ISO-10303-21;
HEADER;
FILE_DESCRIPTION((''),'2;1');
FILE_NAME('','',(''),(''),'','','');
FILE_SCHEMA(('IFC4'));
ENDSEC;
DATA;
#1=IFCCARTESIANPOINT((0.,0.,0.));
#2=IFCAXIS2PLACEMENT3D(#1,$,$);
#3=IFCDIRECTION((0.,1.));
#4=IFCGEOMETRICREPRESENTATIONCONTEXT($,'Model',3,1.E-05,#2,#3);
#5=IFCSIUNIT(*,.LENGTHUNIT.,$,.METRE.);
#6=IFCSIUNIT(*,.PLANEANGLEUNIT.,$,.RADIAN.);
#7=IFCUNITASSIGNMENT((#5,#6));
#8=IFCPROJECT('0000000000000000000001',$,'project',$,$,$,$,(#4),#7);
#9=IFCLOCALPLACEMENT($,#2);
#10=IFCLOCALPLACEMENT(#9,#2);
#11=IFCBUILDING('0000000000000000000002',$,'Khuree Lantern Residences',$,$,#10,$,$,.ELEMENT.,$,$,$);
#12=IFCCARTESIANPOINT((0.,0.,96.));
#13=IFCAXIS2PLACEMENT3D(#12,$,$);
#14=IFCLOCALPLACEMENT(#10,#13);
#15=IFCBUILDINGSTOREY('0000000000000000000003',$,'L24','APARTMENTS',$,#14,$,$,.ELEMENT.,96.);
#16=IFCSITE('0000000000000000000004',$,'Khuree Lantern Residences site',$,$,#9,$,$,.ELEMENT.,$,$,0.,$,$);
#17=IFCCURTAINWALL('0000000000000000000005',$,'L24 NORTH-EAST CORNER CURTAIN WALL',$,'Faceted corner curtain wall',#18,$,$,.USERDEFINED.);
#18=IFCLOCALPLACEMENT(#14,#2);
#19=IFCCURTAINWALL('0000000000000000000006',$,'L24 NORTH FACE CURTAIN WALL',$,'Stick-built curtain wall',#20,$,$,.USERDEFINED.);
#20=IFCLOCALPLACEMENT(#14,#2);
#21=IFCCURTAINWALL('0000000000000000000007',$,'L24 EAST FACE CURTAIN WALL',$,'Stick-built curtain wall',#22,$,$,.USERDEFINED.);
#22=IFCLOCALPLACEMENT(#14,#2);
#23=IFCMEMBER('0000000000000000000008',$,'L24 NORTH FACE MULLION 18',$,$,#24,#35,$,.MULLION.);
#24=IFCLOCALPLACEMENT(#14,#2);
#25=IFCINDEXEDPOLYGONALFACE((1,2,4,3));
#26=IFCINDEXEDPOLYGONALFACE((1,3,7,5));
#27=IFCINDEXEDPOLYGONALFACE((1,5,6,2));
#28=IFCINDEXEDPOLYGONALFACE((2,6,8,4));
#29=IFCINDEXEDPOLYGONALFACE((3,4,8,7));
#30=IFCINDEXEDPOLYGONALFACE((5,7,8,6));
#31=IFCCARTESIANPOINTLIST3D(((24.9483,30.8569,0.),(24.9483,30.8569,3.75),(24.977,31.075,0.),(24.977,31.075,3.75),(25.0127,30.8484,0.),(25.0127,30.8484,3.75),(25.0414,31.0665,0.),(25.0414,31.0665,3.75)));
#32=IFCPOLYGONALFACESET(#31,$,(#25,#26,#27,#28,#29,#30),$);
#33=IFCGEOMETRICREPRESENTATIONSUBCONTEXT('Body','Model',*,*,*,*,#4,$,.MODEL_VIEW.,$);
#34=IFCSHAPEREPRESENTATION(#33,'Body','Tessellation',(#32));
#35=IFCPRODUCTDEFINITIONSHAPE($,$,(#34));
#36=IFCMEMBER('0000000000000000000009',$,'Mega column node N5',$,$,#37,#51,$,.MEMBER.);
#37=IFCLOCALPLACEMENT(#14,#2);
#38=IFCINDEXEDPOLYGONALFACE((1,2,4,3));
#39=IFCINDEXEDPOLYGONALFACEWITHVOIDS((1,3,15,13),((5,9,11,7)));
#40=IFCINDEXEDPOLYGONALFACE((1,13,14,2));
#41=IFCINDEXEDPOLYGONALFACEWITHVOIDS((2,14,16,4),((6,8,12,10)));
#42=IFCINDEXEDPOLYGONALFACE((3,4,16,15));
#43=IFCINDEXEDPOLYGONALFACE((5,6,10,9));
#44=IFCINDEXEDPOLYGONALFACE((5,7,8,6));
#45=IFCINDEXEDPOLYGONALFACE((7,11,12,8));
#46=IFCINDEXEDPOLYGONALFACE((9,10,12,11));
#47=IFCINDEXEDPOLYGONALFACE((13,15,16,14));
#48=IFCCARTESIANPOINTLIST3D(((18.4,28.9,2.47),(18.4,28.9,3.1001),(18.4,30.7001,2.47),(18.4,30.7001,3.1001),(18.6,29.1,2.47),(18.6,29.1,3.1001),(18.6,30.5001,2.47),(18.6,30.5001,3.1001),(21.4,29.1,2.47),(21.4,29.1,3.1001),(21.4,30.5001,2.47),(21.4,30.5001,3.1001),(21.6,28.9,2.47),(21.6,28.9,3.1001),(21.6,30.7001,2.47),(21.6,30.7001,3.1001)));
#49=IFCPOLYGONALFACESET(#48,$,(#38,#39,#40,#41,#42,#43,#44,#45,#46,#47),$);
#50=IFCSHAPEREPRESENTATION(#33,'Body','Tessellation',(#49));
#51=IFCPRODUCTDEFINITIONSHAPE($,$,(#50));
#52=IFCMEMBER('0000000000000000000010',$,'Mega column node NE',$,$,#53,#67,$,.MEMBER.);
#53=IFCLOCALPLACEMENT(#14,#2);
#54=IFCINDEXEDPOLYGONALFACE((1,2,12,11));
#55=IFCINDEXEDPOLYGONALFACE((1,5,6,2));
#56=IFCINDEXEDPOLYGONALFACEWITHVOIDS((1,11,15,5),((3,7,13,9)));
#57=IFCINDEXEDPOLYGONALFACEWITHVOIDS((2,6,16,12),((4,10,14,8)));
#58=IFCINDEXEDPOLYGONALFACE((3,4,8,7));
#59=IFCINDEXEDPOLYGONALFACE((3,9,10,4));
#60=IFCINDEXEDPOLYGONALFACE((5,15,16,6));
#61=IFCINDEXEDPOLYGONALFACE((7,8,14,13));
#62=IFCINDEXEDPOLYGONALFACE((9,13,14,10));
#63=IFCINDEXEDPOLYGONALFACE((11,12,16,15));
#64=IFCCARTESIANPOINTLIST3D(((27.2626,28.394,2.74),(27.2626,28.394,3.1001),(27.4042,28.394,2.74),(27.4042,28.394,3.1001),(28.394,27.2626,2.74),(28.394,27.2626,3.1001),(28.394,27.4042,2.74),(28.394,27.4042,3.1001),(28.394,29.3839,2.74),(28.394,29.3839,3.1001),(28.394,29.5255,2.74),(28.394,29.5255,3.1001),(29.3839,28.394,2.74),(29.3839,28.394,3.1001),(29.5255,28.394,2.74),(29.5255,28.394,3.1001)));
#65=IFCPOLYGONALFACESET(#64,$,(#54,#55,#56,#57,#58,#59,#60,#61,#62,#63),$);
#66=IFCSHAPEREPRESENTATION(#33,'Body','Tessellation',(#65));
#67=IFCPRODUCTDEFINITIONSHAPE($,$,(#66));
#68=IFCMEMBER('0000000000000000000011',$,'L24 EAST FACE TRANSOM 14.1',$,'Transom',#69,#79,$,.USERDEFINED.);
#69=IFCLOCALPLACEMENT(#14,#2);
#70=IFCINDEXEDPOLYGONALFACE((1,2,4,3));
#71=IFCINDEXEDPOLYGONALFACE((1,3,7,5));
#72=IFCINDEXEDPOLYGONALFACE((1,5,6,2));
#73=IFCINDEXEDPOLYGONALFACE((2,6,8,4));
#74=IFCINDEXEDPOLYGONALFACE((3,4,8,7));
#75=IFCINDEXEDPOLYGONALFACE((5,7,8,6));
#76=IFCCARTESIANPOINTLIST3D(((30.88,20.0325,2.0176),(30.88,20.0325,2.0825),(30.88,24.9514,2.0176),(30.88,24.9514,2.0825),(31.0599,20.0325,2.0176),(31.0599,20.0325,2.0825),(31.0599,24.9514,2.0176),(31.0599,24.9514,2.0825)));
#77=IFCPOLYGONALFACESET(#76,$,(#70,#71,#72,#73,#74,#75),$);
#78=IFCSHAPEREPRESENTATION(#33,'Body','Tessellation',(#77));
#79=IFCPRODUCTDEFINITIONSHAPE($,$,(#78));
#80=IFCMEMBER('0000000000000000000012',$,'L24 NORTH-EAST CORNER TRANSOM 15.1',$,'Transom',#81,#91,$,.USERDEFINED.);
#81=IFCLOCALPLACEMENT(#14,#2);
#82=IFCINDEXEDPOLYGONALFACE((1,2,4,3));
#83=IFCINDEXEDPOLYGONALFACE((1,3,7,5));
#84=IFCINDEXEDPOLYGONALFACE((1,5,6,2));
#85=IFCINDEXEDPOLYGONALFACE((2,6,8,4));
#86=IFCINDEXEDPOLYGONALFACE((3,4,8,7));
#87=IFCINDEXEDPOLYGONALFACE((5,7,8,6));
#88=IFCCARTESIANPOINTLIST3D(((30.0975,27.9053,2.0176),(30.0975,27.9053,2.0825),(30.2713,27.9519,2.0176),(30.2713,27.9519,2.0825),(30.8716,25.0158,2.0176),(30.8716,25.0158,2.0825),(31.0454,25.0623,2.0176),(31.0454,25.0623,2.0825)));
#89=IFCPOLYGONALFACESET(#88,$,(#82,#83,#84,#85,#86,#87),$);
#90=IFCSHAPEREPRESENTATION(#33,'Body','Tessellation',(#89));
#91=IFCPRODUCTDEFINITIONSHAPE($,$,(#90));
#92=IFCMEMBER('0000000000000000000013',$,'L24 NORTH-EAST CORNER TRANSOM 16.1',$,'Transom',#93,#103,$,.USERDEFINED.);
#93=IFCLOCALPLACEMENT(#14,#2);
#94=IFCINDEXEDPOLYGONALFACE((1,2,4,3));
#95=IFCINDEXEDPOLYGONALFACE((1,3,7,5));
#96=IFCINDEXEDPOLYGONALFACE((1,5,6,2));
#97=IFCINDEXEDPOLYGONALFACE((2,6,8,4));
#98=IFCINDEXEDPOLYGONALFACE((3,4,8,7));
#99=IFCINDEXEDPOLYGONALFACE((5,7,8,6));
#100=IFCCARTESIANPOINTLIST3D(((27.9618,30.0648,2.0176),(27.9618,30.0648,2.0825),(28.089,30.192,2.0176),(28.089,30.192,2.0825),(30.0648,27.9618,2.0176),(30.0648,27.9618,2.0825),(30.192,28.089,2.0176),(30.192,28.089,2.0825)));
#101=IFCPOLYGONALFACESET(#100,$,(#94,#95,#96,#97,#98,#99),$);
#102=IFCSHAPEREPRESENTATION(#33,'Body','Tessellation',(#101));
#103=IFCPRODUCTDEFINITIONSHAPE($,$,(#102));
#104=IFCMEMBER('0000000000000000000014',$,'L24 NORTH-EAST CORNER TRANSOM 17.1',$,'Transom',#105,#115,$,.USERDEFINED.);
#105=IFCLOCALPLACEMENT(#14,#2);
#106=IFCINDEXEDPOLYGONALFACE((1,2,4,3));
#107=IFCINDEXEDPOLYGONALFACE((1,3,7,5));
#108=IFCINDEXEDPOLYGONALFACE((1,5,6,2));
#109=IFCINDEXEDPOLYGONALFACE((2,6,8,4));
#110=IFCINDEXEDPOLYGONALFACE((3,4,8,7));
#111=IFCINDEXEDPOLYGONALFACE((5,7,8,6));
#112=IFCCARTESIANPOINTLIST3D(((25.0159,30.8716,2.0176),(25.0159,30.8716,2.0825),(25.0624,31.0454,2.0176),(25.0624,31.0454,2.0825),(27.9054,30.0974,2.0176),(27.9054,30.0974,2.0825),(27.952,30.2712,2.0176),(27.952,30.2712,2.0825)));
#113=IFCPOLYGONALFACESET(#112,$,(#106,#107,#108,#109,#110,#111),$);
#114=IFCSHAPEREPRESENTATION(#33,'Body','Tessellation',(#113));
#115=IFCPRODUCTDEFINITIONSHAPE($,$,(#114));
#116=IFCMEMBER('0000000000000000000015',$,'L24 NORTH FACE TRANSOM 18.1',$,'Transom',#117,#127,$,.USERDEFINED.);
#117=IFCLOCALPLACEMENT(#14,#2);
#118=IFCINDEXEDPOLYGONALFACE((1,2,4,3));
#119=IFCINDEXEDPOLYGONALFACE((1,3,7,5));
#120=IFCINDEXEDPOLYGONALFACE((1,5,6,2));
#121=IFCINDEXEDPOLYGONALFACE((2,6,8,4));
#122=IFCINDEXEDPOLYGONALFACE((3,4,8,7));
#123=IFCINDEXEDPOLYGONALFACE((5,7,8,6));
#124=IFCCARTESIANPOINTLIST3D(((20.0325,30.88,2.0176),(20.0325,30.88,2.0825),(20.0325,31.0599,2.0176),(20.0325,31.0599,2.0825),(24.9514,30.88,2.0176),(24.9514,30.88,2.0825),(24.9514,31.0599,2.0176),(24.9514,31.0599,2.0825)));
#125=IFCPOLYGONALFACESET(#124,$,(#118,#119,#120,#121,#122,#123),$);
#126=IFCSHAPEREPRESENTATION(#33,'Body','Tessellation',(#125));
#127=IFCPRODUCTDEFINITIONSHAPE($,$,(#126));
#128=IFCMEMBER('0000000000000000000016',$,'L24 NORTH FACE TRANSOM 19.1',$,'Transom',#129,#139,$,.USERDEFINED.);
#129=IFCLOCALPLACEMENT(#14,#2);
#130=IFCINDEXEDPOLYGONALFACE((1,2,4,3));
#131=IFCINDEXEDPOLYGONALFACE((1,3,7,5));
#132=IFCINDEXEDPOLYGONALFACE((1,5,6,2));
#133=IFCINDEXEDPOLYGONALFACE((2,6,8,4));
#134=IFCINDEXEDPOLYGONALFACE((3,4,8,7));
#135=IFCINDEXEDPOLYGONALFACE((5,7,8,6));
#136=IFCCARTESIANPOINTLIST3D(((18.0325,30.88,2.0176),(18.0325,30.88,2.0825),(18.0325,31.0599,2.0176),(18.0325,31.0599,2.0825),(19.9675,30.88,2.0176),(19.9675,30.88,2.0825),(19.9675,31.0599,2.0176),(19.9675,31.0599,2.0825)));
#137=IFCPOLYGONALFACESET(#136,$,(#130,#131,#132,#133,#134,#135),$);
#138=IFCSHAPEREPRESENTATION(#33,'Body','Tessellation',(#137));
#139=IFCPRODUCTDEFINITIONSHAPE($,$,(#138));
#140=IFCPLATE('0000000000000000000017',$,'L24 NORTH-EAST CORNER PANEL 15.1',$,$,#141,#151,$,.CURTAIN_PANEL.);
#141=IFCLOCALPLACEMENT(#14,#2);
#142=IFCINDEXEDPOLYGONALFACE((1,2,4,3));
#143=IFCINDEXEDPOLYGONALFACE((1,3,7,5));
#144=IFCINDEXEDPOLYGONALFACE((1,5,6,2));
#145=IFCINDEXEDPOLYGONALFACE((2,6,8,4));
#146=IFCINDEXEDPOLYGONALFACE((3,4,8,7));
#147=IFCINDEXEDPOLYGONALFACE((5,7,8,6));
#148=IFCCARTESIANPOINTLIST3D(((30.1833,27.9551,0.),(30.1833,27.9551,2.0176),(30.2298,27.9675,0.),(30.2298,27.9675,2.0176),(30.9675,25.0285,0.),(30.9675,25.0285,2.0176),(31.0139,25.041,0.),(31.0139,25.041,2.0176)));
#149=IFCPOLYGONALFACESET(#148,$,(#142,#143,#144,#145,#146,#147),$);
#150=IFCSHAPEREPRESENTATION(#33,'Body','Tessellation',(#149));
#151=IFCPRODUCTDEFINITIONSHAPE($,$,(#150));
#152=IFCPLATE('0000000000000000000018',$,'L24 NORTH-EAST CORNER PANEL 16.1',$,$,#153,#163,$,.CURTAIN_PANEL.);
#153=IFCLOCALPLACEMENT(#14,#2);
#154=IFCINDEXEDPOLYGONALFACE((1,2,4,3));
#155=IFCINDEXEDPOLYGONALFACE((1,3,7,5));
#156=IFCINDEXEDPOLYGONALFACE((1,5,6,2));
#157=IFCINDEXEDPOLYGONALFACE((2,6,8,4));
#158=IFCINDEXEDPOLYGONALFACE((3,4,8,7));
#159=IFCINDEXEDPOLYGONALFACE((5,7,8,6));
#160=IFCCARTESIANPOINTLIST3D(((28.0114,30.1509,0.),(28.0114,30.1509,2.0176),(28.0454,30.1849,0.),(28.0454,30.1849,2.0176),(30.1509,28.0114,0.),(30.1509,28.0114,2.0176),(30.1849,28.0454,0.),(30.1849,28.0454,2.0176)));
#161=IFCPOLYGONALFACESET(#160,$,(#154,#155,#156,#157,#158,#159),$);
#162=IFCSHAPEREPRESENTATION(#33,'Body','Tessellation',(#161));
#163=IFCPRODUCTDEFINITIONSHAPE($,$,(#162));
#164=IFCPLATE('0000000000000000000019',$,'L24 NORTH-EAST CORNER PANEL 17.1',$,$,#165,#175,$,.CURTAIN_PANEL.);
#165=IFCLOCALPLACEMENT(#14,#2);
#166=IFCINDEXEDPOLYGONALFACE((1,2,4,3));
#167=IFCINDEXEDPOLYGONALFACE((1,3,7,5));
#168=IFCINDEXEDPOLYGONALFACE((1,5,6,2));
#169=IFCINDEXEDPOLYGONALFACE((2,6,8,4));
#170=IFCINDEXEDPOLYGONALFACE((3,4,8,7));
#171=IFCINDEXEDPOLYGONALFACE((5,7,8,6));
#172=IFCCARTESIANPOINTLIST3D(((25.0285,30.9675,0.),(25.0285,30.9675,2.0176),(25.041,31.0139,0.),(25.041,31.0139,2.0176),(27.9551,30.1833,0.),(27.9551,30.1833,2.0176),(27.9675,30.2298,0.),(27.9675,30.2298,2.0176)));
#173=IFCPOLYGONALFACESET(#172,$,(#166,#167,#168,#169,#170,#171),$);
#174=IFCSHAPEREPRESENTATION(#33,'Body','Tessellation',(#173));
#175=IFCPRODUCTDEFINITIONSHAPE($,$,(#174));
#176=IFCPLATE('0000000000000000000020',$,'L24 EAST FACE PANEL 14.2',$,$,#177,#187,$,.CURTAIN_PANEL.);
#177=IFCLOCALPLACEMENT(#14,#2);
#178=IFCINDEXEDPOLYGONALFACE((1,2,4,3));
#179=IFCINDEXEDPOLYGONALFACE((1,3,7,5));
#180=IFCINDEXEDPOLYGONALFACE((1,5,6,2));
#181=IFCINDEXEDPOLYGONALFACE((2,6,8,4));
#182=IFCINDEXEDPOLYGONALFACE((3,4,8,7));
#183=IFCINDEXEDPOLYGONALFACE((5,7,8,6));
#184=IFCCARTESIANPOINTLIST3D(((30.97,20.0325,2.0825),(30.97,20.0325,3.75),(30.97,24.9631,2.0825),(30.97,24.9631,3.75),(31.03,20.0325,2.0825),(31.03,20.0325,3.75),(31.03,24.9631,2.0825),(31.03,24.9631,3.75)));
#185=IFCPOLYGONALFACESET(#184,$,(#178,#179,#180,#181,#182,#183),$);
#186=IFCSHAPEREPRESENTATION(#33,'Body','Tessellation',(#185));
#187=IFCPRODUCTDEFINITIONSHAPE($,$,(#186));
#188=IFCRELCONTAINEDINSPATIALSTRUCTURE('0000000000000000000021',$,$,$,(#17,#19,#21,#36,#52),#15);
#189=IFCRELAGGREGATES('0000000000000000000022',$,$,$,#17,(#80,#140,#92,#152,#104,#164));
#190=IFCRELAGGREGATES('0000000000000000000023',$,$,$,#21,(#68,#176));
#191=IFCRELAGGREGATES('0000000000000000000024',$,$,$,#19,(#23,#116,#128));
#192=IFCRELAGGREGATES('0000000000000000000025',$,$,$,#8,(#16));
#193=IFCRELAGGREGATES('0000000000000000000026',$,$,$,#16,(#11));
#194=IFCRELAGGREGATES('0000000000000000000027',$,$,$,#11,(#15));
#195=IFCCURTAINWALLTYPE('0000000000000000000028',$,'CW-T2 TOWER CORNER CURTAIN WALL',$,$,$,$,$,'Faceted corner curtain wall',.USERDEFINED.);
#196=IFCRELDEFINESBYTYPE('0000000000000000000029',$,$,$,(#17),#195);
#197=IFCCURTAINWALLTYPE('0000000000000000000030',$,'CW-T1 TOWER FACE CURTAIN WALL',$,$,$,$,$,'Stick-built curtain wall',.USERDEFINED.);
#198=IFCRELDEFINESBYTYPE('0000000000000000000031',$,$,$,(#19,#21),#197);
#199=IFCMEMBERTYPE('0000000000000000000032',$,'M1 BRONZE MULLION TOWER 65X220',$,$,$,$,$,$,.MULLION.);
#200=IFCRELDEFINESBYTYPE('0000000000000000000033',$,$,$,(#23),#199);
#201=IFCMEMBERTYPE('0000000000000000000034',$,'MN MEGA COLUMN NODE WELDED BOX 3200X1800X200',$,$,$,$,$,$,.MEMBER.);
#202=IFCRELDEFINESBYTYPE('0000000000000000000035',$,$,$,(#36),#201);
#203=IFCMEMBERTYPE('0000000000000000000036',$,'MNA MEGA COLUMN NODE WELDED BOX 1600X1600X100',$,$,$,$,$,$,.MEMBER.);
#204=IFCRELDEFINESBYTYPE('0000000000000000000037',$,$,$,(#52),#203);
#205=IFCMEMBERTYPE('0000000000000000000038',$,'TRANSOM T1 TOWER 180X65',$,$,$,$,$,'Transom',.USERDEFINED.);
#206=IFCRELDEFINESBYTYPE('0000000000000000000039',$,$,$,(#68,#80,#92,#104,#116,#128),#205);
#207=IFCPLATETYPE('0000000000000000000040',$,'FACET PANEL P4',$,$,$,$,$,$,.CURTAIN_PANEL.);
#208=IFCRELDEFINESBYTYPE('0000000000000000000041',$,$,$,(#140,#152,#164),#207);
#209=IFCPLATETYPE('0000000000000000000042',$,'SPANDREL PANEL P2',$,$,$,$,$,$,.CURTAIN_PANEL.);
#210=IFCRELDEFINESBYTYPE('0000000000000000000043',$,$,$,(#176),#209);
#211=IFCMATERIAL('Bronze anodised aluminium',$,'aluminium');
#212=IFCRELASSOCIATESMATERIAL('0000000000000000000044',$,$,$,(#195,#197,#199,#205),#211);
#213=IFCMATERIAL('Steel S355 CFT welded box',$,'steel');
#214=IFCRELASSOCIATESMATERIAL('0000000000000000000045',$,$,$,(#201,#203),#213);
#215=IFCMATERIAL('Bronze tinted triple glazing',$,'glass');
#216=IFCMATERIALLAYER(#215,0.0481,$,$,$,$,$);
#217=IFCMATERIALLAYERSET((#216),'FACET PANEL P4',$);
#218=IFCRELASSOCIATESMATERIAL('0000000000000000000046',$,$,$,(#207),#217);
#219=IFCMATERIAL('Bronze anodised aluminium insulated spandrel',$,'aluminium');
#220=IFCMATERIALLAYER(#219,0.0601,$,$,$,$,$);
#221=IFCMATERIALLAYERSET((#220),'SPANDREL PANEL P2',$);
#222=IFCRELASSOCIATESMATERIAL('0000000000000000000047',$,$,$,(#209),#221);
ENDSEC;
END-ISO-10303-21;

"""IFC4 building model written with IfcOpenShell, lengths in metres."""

from ifc_helpers import new_model, si_unit, direction, frame, origin, origin_2d, place, context, subcontext, project, spatial, rectangle, hollow_rectangle, extrude, material, layer, layer_set, material_profile, profile_set, type_object, element, aggregate, save


model = new_model("IFC4")

# Units and contexts
model_context = context("Model", 3, precision=1e-05, world=origin(), true_north=direction((0.0, 1.0)))
body_context = subcontext(model_context, "Body", "Model", "MODEL_VIEW")
ifc_project = project(units=[si_unit("LENGTHUNIT", "METRE"), si_unit("PLANEANGLEUNIT", "RADIAN")], contexts=[model_context])

# Site, building, storey
site_placement = place(None, origin())
site = spatial("IfcSite", under=ifc_project, at=site_placement, Name="Khuree Lantern Residences site", CompositionType="ELEMENT", RefElevation=0.0)
building_placement = place(site_placement, origin())
building = spatial("IfcBuilding", under=site, at=building_placement, Name="Khuree Lantern Residences", CompositionType="ELEMENT")
storey_placement = place(building_placement, frame((0.0, 0.0, 96.0)))
storey = spatial("IfcBuildingStorey", under=building, at=storey_placement, Name="L24", Description="APARTMENTS", CompositionType="ELEMENT", Elevation=96.0)

# Shared definitions
ifc_material_1 = material(Name="Steel S355 CFT welded box", Category="steel")

# Curtain walls
ifc_material_2 = material(Name="Bronze anodised aluminium", Category="aluminium")
curtain_wall_type_1 = type_object("IfcCurtainWallType", Name="CW-T2 TOWER CORNER CURTAIN WALL", ElementType="Faceted corner curtain wall", PredefinedType="USERDEFINED", material=ifc_material_2)
curtain_wall_1_placement = place(storey_placement, origin())
curtain_wall_1 = element("IfcCurtainWall", 1, at=curtain_wall_1_placement, inside=storey, type_object=curtain_wall_type_1, Name="L24 NORTH-EAST CORNER CURTAIN WALL", ObjectType="Faceted corner curtain wall", PredefinedType="USERDEFINED")
curtain_wall_type_2 = type_object("IfcCurtainWallType", Name="CW-T1 TOWER FACE CURTAIN WALL", ElementType="Stick-built curtain wall", PredefinedType="USERDEFINED", material=ifc_material_2)
curtain_wall_2_placement = place(storey_placement, origin())
curtain_wall_2 = element("IfcCurtainWall", 2, at=curtain_wall_2_placement, inside=storey, type_object=curtain_wall_type_2, Name="L24 NORTH FACE CURTAIN WALL", ObjectType="Stick-built curtain wall", PredefinedType="USERDEFINED")

# Curtain wall
curtain_wall_3_placement = place(storey_placement, origin())
curtain_wall_3 = element("IfcCurtainWall", 3, at=curtain_wall_3_placement, inside=storey, type_object=curtain_wall_type_2, Name="L24 EAST FACE CURTAIN WALL", ObjectType="Stick-built curtain wall", PredefinedType="USERDEFINED")
ifc_material_profile_1 = material_profile(ifc_material_2, rectangle(XDim=0.0649, YDim=0.22, at=origin_2d()), Name="M1 65X220")
ifc_profile_set_1 = profile_set([ifc_material_profile_1], Name="Bronze anodised aluminium")
member_type_1 = type_object("IfcMemberType", Name="M1 BRONZE MULLION TOWER 65X220", PredefinedType="MULLION", material=ifc_profile_set_1)

# Member
member_1_placement = place(storey_placement, frame((24.9949, 30.9617, 0.0), z_axis=(0.0, 0.0, 1.0), x_axis=(-0.991445, 0.130526, 0.0)))
member_1 = element("IfcMember", 4, at=member_1_placement, type_object=member_type_1, Name="L24 NORTH FACE MULLION 18", PredefinedType="MULLION", context=body_context, shape_type="SweptSolid", body=[
    extrude(rectangle(XDim=0.0649, YDim=0.22, at=origin_2d()), origin(), (0.0, 0.0, 1.0), 3.75),
])

# Members
ifc_material_profile_2 = material_profile(ifc_material_1, hollow_rectangle(XDim=3.2, YDim=1.8, WallThickness=0.2, at=origin_2d()), Name="WELDED BOX 3200X1800X200")
ifc_profile_set_2 = profile_set([ifc_material_profile_2], Name="Steel S355 CFT welded box")
member_type_2 = type_object("IfcMemberType", Name="MN MEGA COLUMN NODE WELDED BOX 3200X1800X200", PredefinedType="MEMBER", material=ifc_profile_set_2)
member_2_placement = place(storey_placement, frame((20.0, 29.8, 2.47), z_axis=(0.0, 0.0, 1.0), x_axis=(1.0, 0.0, 0.0)))
element("IfcMember", 5, at=member_2_placement, inside=storey, type_object=member_type_2, Name="Mega column node N5", PredefinedType="MEMBER", context=body_context, shape_type="SweptSolid", body=[
    extrude(hollow_rectangle(XDim=3.2, YDim=1.8, WallThickness=0.2, at=origin_2d()), origin(), (0.0, 0.0, 1.0), 0.6301),
])
ifc_material_profile_3 = material_profile(ifc_material_1, hollow_rectangle(XDim=1.6001, YDim=1.6001, WallThickness=0.1001, at=origin_2d()), Name="WELDED BOX 1600X1600X100")
ifc_profile_set_3 = profile_set([ifc_material_profile_3], Name="Steel S355 CFT welded box")
member_type_3 = type_object("IfcMemberType", Name="MNA MEGA COLUMN NODE WELDED BOX 1600X1600X100", PredefinedType="MEMBER", material=ifc_profile_set_3)
member_3_placement = place(storey_placement, frame((28.394, 28.394, 2.74), z_axis=(0.0, 0.0, 1.0), x_axis=(0.707107, -0.707107, 0.0)))
element("IfcMember", 6, at=member_3_placement, inside=storey, type_object=member_type_3, Name="Mega column node NE", PredefinedType="MEMBER", context=body_context, shape_type="SweptSolid", body=[
    extrude(hollow_rectangle(XDim=1.6001, YDim=1.6001, WallThickness=0.1001, at=origin_2d()), origin(), (0.0, 0.0, 1.0), 0.3601),
])

# Members
ifc_material_profile_4 = material_profile(ifc_material_2, rectangle(XDim=0.1799, YDim=0.0649, at=origin_2d()), Name="T1 180X65")
ifc_profile_set_4 = profile_set([ifc_material_profile_4], Name="Bronze anodised aluminium")
member_type_4 = type_object("IfcMemberType", Name="TRANSOM T1 TOWER 180X65", ElementType="Transom", PredefinedType="USERDEFINED", material=ifc_profile_set_4)
member_4_placement = place(storey_placement, frame((30.97, 20.0325, 2.05), z_axis=(0.0, 1.0, 0.0), x_axis=(-1.0, 0.0, 0.0)))
member_4 = element("IfcMember", 7, at=member_4_placement, type_object=member_type_4, Name="L24 EAST FACE TRANSOM 14.1", ObjectType="Transom", PredefinedType="USERDEFINED", context=body_context, shape_type="SweptSolid", body=[
    extrude(rectangle(XDim=0.1799, YDim=0.0649, at=origin_2d()), origin(), (0.0, 0.0, 1.0), 4.9189),
])
member_5_placement = place(storey_placement, frame((30.9585, 25.0391, 2.05), z_axis=(-0.258785, 0.965935, 0.0), x_axis=(-0.965935, -0.258785, 0.0)))
member_5 = element("IfcMember", 8, at=member_5_placement, type_object=member_type_4, Name="L24 NORTH-EAST CORNER TRANSOM 15.1", ObjectType="Transom", PredefinedType="USERDEFINED", context=body_context, shape_type="SweptSolid", body=[
    extrude(rectangle(XDim=0.1799, YDim=0.0649, at=origin_2d()), origin(), (0.0, 0.0, 1.0), 2.9915),
])
member_6_placement = place(storey_placement, frame((30.1284, 28.0254, 2.05), z_axis=(-0.707107, 0.707107, 0.0), x_axis=(-0.707107, -0.707107, 0.0)))
member_6 = element("IfcMember", 9, at=member_6_placement, type_object=member_type_4, Name="L24 NORTH-EAST CORNER TRANSOM 16.1", ObjectType="Transom", PredefinedType="USERDEFINED", context=body_context, shape_type="SweptSolid", body=[
    extrude(rectangle(XDim=0.1799, YDim=0.0649, at=origin_2d()), origin(), (0.0, 0.0, 1.0), 2.9741),
])
member_7_placement = place(storey_placement, frame((27.9287, 30.1843, 2.05), z_axis=(-0.965935, 0.258785, 0.0), x_axis=(-0.258785, -0.965935, 0.0)))
member_7 = element("IfcMember", 10, at=member_7_placement, type_object=member_type_4, Name="L24 NORTH-EAST CORNER TRANSOM 17.1", ObjectType="Transom", PredefinedType="USERDEFINED", context=body_context, shape_type="SweptSolid", body=[
    extrude(rectangle(XDim=0.1799, YDim=0.0649, at=origin_2d()), origin(), (0.0, 0.0, 1.0), 2.9915),
])
member_8_placement = place(storey_placement, frame((24.9514, 30.97, 2.05), z_axis=(-1.0, 0.0, 0.0), x_axis=(0.0, -1.0, 0.0)))
member_8 = element("IfcMember", 11, at=member_8_placement, type_object=member_type_4, Name="L24 NORTH FACE TRANSOM 18.1", ObjectType="Transom", PredefinedType="USERDEFINED", context=body_context, shape_type="SweptSolid", body=[
    extrude(rectangle(XDim=0.1799, YDim=0.0649, at=origin_2d()), origin(), (0.0, 0.0, 1.0), 4.9189),
])
member_9_placement = place(storey_placement, frame((19.9675, 30.97, 2.05), z_axis=(-1.0, 0.0, 0.0), x_axis=(0.0, -1.0, 0.0)))
member_9 = element("IfcMember", 12, at=member_9_placement, type_object=member_type_4, Name="L24 NORTH FACE TRANSOM 19.1", ObjectType="Transom", PredefinedType="USERDEFINED", context=body_context, shape_type="SweptSolid", body=[
    extrude(rectangle(XDim=0.1799, YDim=0.0649, at=origin_2d()), origin(), (0.0, 0.0, 1.0), 1.9351),
])

# Plates
ifc_material_3 = material(Name="Bronze tinted triple glazing", Category="glass")
ifc_layer_1 = layer(ifc_material_3, 0.0481)
ifc_layer_set_1 = layer_set([ifc_layer_1], Name="FACET PANEL P4")
plate_type_1 = type_object("IfcPlateType", Name="FACET PANEL P4", PredefinedType="CURTAIN_PANEL", material=ifc_layer_set_1)
plate_1_placement = place(storey_placement, frame((30.5986, 26.498, 0.0), z_axis=(0.0, 0.0, 1.0), x_axis=(-0.258819, 0.965926, 0.0)))
plate_1 = element("IfcPlate", 13, at=plate_1_placement, type_object=plate_type_1, Name="L24 NORTH-EAST CORNER PANEL 15.1", PredefinedType="CURTAIN_PANEL", context=body_context, shape_type="SweptSolid", body=[
    extrude(rectangle(XDim=3.0298, YDim=0.0481, at=origin_2d()), origin(), (0.0, 0.0, 1.0), 2.0176),
])
plate_2_placement = place(storey_placement, frame((29.0981, 29.0981, 0.0), z_axis=(0.0, 0.0, 1.0), x_axis=(-0.707107, 0.707107, 0.0)))
plate_2 = element("IfcPlate", 14, at=plate_2_placement, type_object=plate_type_1, Name="L24 NORTH-EAST CORNER PANEL 16.1", PredefinedType="CURTAIN_PANEL", context=body_context, shape_type="SweptSolid", body=[
    extrude(rectangle(XDim=3.0256, YDim=0.0481, at=origin_2d()), origin(), (0.0, 0.0, 1.0), 2.0176),
])
plate_3_placement = place(storey_placement, frame((26.498, 30.5986, 0.0), z_axis=(0.0, 0.0, 1.0), x_axis=(-0.965926, 0.258819, 0.0)))
plate_3 = element("IfcPlate", 15, at=plate_3_placement, type_object=plate_type_1, Name="L24 NORTH-EAST CORNER PANEL 17.1", PredefinedType="CURTAIN_PANEL", context=body_context, shape_type="SweptSolid", body=[
    extrude(rectangle(XDim=3.0298, YDim=0.0481, at=origin_2d()), origin(), (0.0, 0.0, 1.0), 2.0176),
])
ifc_material_4 = material(Name="Bronze anodised aluminium insulated spandrel", Category="aluminium")
ifc_layer_2 = layer(ifc_material_4, 0.0601)
ifc_layer_set_2 = layer_set([ifc_layer_2], Name="SPANDREL PANEL P2")
plate_type_2 = type_object("IfcPlateType", Name="SPANDREL PANEL P2", PredefinedType="CURTAIN_PANEL", material=ifc_layer_set_2)
plate_4_placement = place(storey_placement, frame((31.0, 22.4978, 2.0825), z_axis=(0.0, 0.0, 1.0), x_axis=(0.0, 1.0, 0.0)))
plate_4 = element("IfcPlate", 16, at=plate_4_placement, type_object=plate_type_2, Name="L24 EAST FACE PANEL 14.2", PredefinedType="CURTAIN_PANEL", context=body_context, shape_type="SweptSolid", body=[
    extrude(rectangle(XDim=4.9307, YDim=0.0601, at=origin_2d()), origin(), (0.0, 0.0, 1.0), 1.6675),
])
aggregate(curtain_wall_1, [member_5, plate_1, member_6, plate_2, member_7, plate_3])
aggregate(curtain_wall_3, [member_4, plate_4])
aggregate(curtain_wall_2, [member_1, member_8, member_9])

save(model, "model.ifc")
